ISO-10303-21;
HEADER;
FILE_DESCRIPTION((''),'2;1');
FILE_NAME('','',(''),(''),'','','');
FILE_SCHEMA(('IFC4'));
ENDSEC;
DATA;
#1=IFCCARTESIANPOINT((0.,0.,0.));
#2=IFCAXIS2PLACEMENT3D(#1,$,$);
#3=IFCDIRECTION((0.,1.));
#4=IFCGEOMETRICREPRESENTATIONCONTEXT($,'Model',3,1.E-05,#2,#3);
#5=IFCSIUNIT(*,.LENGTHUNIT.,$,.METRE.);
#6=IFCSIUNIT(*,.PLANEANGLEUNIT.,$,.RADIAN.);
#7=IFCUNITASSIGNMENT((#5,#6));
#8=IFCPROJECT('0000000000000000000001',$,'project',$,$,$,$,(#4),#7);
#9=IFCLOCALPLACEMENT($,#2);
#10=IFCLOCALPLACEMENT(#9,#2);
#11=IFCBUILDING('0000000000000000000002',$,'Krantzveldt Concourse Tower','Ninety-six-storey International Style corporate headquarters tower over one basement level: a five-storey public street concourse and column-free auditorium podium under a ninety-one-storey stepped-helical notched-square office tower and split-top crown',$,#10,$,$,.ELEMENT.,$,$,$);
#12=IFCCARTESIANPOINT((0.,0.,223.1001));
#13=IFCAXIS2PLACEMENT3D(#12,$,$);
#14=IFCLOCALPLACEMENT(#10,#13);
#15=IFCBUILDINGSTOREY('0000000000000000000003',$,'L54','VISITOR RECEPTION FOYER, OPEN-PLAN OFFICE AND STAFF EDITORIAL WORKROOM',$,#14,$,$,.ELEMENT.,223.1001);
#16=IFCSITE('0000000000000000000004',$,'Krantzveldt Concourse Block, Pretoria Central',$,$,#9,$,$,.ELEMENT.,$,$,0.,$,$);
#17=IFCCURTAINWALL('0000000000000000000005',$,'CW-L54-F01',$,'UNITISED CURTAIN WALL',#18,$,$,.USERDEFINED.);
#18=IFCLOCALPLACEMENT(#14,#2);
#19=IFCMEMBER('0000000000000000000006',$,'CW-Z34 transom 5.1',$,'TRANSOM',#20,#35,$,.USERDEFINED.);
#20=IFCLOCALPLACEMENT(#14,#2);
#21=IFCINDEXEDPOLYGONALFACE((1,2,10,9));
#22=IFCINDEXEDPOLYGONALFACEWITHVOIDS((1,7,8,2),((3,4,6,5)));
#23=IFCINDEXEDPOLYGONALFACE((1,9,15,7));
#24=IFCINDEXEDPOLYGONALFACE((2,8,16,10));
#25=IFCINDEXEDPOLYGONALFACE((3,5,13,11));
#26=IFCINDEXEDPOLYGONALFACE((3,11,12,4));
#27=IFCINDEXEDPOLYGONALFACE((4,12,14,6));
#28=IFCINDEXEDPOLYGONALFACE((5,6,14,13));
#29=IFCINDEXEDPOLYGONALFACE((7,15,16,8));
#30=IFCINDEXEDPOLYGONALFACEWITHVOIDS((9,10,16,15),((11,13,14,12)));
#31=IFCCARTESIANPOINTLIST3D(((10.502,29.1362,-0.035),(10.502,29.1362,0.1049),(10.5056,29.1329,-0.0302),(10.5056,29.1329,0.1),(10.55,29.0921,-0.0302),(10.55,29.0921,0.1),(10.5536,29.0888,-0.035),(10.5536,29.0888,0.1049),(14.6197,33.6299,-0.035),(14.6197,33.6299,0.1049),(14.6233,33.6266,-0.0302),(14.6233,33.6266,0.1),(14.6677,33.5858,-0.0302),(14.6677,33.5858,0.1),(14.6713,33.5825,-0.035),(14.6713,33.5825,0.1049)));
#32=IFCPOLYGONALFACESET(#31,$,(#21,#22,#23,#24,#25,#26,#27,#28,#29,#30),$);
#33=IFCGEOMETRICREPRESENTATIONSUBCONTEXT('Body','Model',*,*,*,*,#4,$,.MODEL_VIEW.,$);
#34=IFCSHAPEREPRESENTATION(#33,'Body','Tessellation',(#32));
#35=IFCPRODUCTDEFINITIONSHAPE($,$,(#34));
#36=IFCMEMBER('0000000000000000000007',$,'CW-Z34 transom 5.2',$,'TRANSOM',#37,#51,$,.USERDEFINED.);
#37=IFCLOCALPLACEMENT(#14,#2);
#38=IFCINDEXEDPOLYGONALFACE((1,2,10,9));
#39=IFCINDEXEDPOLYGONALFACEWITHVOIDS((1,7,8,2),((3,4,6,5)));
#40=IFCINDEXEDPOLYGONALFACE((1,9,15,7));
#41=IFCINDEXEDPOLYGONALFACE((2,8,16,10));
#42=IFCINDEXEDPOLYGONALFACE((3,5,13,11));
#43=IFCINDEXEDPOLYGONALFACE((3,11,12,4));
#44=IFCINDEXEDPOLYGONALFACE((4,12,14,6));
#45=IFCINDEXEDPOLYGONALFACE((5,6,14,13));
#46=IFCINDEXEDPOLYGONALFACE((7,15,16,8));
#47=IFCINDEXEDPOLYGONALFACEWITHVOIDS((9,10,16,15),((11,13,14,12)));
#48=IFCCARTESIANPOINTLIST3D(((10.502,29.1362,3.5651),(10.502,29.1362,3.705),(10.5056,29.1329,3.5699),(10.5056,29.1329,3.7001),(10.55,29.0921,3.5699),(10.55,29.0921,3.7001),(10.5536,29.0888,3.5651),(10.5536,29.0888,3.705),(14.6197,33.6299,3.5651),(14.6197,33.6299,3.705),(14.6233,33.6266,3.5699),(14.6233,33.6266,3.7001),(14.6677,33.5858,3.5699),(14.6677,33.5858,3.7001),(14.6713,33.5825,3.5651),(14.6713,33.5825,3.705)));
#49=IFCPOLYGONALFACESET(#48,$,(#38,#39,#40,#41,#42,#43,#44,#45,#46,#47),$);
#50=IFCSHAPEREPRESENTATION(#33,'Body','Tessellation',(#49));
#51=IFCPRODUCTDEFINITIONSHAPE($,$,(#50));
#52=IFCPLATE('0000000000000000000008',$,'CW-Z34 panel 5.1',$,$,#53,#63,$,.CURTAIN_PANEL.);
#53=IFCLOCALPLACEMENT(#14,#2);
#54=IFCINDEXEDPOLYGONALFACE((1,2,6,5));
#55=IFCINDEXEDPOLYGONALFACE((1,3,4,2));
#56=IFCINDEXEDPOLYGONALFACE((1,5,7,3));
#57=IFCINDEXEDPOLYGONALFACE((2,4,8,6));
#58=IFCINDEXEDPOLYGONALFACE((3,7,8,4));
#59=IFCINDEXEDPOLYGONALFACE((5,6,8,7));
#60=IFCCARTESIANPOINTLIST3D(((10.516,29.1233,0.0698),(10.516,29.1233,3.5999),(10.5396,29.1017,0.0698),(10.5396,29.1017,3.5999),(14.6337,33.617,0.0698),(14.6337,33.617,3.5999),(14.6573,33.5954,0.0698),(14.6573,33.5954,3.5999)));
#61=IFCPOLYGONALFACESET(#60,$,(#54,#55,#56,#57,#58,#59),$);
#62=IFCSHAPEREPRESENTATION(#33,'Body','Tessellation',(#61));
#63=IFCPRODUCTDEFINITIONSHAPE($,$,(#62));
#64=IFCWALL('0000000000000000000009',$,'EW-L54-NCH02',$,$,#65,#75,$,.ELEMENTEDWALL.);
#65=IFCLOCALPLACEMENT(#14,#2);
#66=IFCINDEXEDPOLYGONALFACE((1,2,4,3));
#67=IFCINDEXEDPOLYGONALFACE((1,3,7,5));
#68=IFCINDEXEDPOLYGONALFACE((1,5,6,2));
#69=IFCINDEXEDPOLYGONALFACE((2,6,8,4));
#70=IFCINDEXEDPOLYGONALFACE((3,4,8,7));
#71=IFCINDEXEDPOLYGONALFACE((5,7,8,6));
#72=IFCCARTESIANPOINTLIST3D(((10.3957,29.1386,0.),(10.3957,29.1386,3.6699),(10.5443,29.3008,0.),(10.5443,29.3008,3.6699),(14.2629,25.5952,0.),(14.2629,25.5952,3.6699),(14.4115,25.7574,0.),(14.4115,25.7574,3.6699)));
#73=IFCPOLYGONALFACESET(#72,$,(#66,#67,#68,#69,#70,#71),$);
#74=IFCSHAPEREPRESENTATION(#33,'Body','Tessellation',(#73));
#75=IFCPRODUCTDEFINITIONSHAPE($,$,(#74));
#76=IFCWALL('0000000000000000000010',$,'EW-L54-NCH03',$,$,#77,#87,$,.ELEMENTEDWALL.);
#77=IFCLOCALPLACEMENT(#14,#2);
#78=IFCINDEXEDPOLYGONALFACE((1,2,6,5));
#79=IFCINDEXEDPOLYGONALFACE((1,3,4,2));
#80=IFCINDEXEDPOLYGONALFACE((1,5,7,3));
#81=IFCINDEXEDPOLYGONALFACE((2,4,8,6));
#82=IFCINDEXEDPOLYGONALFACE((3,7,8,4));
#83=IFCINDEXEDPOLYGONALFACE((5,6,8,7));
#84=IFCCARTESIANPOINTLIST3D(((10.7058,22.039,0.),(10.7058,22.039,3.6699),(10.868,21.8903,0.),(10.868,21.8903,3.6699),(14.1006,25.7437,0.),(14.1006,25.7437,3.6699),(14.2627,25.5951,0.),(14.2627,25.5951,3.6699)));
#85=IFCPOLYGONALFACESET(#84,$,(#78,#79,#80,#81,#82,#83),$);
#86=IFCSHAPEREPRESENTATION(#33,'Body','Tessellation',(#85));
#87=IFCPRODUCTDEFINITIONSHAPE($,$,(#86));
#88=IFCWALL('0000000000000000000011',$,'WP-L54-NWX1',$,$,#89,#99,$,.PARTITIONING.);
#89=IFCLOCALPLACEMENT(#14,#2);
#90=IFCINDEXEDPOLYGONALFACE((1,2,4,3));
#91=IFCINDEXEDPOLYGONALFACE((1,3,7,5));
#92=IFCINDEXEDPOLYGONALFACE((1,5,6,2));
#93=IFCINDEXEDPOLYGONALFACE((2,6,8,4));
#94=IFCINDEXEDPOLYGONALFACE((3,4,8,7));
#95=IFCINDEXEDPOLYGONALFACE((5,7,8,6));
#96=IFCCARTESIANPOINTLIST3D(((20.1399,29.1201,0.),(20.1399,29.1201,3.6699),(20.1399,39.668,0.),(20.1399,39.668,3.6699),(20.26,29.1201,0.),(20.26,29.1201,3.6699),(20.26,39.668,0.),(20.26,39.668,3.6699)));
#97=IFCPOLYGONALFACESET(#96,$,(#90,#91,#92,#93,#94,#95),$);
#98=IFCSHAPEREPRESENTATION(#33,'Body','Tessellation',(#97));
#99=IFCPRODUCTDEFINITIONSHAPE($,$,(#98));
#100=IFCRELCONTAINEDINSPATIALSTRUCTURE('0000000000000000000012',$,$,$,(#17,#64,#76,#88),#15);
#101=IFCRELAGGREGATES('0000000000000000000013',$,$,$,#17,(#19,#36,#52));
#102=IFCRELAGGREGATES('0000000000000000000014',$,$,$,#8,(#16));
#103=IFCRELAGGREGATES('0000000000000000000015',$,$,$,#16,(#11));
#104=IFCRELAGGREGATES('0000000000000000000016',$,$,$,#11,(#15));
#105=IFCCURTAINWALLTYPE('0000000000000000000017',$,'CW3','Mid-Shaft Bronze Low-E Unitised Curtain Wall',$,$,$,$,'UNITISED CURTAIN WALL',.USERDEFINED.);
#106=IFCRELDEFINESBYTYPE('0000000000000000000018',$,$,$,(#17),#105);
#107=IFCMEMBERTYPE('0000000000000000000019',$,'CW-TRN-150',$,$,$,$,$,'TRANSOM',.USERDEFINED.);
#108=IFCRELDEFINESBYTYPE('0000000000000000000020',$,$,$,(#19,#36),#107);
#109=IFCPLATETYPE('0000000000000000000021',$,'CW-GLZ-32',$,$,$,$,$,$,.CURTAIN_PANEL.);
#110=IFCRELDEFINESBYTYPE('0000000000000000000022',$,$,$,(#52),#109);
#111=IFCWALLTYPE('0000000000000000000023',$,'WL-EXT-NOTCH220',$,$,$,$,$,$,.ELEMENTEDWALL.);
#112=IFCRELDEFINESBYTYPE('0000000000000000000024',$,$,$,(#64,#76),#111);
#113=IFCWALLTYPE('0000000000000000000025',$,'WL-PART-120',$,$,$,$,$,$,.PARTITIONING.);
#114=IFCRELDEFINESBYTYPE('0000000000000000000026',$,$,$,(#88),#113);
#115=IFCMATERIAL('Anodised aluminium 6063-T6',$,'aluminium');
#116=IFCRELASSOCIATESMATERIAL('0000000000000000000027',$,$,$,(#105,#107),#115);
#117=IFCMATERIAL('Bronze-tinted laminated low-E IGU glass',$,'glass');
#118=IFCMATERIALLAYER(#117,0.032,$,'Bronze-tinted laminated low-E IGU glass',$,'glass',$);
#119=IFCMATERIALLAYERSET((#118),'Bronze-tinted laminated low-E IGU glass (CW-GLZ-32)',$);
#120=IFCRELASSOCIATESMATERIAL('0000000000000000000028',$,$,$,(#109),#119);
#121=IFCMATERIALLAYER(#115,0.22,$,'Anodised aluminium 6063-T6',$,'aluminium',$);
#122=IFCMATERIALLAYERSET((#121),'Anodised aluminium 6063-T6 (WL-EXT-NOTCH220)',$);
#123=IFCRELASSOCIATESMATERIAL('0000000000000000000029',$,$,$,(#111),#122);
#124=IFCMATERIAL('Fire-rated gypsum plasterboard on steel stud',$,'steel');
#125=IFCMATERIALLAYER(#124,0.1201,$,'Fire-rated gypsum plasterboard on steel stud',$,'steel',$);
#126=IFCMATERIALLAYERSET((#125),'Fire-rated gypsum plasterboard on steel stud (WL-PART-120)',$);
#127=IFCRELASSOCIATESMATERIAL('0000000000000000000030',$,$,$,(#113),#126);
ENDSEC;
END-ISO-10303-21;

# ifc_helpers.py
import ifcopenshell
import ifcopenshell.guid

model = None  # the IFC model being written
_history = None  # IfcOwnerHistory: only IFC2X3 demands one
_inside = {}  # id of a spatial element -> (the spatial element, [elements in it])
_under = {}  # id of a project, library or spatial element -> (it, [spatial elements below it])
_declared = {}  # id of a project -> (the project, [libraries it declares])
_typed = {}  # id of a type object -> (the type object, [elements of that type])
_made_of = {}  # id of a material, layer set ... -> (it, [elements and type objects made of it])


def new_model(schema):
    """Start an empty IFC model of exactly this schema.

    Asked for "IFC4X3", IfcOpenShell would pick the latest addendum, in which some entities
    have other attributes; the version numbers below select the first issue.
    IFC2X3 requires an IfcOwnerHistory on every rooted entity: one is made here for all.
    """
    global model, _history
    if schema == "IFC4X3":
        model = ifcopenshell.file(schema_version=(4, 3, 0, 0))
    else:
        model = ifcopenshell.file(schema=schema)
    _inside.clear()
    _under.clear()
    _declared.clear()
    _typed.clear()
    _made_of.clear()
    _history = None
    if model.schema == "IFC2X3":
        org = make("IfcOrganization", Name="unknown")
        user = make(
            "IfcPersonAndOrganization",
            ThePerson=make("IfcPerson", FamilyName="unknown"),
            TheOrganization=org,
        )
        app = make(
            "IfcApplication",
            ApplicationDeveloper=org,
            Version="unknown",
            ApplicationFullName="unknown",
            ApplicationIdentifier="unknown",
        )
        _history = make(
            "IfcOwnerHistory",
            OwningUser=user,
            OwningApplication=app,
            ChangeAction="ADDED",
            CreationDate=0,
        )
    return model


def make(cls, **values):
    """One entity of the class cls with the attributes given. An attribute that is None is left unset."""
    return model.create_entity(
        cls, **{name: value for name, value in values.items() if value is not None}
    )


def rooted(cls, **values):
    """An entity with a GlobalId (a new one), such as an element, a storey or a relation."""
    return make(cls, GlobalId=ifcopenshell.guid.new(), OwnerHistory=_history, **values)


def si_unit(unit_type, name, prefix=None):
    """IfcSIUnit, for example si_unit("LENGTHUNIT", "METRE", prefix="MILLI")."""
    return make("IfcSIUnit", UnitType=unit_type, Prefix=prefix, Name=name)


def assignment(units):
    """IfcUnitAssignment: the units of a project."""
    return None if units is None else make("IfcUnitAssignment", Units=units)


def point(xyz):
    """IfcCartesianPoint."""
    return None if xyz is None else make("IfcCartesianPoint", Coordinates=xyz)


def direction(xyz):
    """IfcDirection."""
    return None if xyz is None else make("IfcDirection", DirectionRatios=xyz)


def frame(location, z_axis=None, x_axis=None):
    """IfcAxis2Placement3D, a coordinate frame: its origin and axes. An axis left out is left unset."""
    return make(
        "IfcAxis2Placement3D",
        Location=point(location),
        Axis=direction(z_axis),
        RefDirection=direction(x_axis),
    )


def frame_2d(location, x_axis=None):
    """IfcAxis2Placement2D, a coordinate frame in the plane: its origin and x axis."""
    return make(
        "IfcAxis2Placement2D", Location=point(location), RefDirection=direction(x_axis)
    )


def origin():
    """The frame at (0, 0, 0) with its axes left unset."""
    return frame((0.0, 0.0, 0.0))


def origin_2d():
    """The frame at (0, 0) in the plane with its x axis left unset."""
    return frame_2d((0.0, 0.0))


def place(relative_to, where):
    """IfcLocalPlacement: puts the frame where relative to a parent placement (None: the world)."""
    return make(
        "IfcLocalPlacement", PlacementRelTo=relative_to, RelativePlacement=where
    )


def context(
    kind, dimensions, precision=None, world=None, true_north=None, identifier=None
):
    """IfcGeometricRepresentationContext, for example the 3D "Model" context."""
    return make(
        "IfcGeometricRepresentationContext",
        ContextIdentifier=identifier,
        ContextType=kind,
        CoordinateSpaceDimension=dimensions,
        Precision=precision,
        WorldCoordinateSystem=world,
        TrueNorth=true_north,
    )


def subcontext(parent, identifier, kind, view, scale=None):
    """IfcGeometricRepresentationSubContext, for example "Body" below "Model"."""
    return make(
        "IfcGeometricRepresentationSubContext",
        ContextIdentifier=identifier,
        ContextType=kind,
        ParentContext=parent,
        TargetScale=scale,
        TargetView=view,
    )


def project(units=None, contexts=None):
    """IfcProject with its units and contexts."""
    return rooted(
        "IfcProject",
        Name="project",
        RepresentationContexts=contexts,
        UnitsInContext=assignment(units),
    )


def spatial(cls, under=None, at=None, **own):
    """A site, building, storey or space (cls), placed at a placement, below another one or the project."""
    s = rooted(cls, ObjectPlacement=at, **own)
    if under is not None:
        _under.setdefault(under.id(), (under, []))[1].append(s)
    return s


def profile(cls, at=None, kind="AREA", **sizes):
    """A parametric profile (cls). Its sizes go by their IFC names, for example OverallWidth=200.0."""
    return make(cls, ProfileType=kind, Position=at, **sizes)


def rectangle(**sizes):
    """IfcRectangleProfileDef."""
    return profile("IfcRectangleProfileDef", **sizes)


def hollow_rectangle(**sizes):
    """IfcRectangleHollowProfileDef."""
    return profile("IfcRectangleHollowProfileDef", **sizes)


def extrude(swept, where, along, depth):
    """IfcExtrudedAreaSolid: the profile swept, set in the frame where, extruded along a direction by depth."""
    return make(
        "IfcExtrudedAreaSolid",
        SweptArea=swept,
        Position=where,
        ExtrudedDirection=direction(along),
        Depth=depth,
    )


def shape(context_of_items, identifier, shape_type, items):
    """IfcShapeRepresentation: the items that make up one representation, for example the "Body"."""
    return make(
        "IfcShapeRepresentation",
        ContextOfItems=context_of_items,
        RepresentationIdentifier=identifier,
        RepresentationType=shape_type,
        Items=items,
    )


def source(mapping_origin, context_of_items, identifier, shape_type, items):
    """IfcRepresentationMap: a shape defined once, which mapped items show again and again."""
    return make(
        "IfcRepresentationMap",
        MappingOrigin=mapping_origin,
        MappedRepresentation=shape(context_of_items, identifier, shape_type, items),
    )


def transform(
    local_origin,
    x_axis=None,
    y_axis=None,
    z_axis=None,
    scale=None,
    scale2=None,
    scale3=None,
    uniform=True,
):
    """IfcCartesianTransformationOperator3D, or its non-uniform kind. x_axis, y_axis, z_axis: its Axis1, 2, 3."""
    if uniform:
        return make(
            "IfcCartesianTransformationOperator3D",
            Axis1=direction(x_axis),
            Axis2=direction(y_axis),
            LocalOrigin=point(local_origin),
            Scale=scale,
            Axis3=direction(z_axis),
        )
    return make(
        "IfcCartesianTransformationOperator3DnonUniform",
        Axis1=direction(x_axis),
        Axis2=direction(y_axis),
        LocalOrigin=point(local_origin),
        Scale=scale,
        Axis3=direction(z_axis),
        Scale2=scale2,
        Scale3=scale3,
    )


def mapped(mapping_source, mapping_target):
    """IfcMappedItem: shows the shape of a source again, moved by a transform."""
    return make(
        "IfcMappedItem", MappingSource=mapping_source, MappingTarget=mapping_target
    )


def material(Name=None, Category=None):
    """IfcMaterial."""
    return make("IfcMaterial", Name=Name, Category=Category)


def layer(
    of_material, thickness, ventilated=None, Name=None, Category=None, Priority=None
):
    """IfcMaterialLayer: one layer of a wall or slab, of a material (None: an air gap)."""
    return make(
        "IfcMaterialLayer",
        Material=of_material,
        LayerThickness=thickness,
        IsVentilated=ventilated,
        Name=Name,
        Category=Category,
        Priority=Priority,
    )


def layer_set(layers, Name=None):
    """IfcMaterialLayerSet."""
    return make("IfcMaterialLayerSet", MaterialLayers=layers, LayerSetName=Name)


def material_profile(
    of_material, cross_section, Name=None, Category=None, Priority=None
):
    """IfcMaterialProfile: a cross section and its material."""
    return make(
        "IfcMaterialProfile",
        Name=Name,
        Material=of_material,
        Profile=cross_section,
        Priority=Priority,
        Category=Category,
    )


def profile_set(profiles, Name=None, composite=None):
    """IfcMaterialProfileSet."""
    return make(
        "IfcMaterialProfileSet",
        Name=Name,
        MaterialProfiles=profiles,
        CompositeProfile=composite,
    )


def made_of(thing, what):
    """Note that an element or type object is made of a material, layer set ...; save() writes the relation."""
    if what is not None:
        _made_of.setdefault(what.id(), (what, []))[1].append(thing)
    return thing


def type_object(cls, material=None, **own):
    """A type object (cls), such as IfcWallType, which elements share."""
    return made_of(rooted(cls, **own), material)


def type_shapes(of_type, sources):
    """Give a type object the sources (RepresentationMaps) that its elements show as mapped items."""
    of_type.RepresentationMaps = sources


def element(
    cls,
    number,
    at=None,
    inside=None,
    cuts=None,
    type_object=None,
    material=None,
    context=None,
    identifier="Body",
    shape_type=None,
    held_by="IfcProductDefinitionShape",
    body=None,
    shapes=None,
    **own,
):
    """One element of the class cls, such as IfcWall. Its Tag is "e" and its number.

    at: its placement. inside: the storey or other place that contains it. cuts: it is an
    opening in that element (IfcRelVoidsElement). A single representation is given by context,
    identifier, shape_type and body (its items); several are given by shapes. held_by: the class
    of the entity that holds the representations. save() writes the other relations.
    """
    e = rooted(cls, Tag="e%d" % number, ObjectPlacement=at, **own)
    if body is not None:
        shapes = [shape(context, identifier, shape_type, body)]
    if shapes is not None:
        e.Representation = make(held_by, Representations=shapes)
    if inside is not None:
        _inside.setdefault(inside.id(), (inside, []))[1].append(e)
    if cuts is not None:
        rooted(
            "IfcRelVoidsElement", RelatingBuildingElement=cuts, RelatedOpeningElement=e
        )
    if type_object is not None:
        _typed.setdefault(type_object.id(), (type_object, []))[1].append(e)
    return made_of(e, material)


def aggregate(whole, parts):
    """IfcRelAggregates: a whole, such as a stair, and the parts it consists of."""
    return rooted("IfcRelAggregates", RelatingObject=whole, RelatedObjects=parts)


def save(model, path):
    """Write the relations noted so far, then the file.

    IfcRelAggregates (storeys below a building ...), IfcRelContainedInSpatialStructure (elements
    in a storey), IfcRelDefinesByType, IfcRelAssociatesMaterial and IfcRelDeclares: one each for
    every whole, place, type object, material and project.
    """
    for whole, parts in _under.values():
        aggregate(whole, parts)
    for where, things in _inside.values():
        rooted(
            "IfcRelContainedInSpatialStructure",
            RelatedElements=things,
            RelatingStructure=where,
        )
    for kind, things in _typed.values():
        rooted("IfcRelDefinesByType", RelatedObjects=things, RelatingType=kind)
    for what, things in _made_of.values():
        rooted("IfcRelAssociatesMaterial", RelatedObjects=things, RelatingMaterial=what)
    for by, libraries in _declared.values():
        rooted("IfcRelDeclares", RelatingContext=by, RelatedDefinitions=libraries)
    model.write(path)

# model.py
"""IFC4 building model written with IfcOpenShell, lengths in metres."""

from ifc_helpers import new_model, si_unit, direction, frame, frame_2d, origin, origin_2d, place, context, subcontext, project, spatial, rectangle, hollow_rectangle, extrude, source, transform, mapped, material, layer, layer_set, material_profile, profile_set, type_object, type_shapes, element, aggregate, save


model = new_model("IFC4")

# Units and contexts
model_context = context("Model", 3, precision=1e-05, world=origin(), true_north=direction((0.0, 1.0)))
body_context = subcontext(model_context, "Body", "Model", "MODEL_VIEW")
ifc_project = project(units=[si_unit("LENGTHUNIT", "METRE"), si_unit("PLANEANGLEUNIT", "RADIAN")], contexts=[model_context])

# Site, building, storey
site_placement = place(None, origin())
site = spatial("IfcSite", under=ifc_project, at=site_placement, Name="Krantzveldt Concourse Block, Pretoria Central", CompositionType="ELEMENT", RefElevation=0.0)
building_placement = place(site_placement, origin())
building = spatial("IfcBuilding", under=site, at=building_placement, Name="Krantzveldt Concourse Tower", Description="Ninety-six-storey International Style corporate headquarters tower over one basement level: a five-storey public street concourse and column-free auditorium podium under a ninety-one-storey stepped-helical notched-square office tower and split-top crown", CompositionType="ELEMENT")
storey_placement = place(building_placement, frame((0.0, 0.0, 223.1001)))
storey = spatial("IfcBuildingStorey", under=building, at=storey_placement, Name="L54", Description="VISITOR RECEPTION FOYER, OPEN-PLAN OFFICE AND STAFF EDITORIAL WORKROOM", CompositionType="ELEMENT", Elevation=223.1001)

# Curtain wall
ifc_material_1 = material(Name="Anodised aluminium 6063-T6", Category="aluminium")
curtain_wall_type = type_object("IfcCurtainWallType", Name="CW3", Description="Mid-Shaft Bronze Low-E Unitised Curtain Wall", ElementType="UNITISED CURTAIN WALL", PredefinedType="USERDEFINED", material=ifc_material_1)
curtain_wall_1_placement = place(storey_placement, origin())
curtain_wall_1 = element("IfcCurtainWall", 1, at=curtain_wall_1_placement, inside=storey, type_object=curtain_wall_type, Name="CW-L54-F01", ObjectType="UNITISED CURTAIN WALL", PredefinedType="USERDEFINED")

# Members
ifc_material_profile_1 = material_profile(ifc_material_1, hollow_rectangle(XDim=0.0701, YDim=0.1399, WallThickness=0.0049, at=origin_2d()), Name="Anodised aluminium 6063-T6", Category="aluminium")
ifc_profile_set_1 = profile_set([ifc_material_profile_1], Name="Anodised aluminium 6063-T6 - ALU-TRAN 140x70x5")
member_type_1 = type_object("IfcMemberType", Name="CW-TRN-150", ElementType="TRANSOM", PredefinedType="USERDEFINED", material=ifc_profile_set_1)
shared_shape_1 = source(origin(), body_context, "Body", "SweptSolid", [
    extrude(hollow_rectangle(XDim=0.0701, YDim=0.1399, WallThickness=0.0049, at=origin_2d()), origin(), (0.0, 0.0, 1.0), 6.095),
])
type_shapes(member_type_1, [shared_shape_1])
member_1_placement = place(storey_placement, frame((14.6455, 33.6062, 0.0349), z_axis=(-0.67559, -0.737277, 0.0), x_axis=(0.737277, -0.67559, 0.0)))
member_1 = element("IfcMember", 2, at=member_1_placement, type_object=member_type_1, Name="CW-Z34 transom 5.1", ObjectType="TRANSOM", PredefinedType="USERDEFINED", context=body_context, shape_type="MappedRepresentation", body=[
    mapped(shared_shape_1, transform((0.0, 0.0, 0.0), x_axis=(1.0, 0.0, 0.0), y_axis=(0.0, 1.0, 0.0), z_axis=(0.0, 0.0, 1.0), scale=1.0)),
])
member_2_placement = place(storey_placement, frame((14.6455, 33.6062, 3.635), z_axis=(-0.67559, -0.737277, 0.0), x_axis=(0.737277, -0.67559, 0.0)))
member_2 = element("IfcMember", 3, at=member_2_placement, type_object=member_type_1, Name="CW-Z34 transom 5.2", ObjectType="TRANSOM", PredefinedType="USERDEFINED", context=body_context, shape_type="MappedRepresentation", body=[
    mapped(shared_shape_1, transform((0.0, 0.0, 0.0), x_axis=(1.0, 0.0, 0.0), y_axis=(0.0, 1.0, 0.0), z_axis=(0.0, 0.0, 1.0), scale=1.0)),
])

# Plate
ifc_material_2 = material(Name="Bronze-tinted laminated low-E IGU glass", Category="glass")
ifc_layer_1 = layer(ifc_material_2, 0.032, Name="Bronze-tinted laminated low-E IGU glass", Category="glass")
ifc_layer_set_1 = layer_set([ifc_layer_1], Name="Bronze-tinted laminated low-E IGU glass (CW-GLZ-32)")
plate_type = type_object("IfcPlateType", Name="CW-GLZ-32", PredefinedType="CURTAIN_PANEL", material=ifc_layer_set_1)
shared_shape_2 = source(origin(), body_context, "Body", "SweptSolid", [
    extrude(rectangle(XDim=6.095, YDim=0.032, at=origin_2d()), origin(), (0.0, 0.0, 1.0), 3.53),
])
type_shapes(plate_type, [shared_shape_2])
plate_placement = place(storey_placement, frame((12.5867, 31.3594, 0.0698), z_axis=(0.0, 0.0, 1.0), x_axis=(-0.67559, -0.737277, 0.0)))
plate = element("IfcPlate", 4, at=plate_placement, type_object=plate_type, Name="CW-Z34 panel 5.1", PredefinedType="CURTAIN_PANEL", context=body_context, shape_type="MappedRepresentation", body=[
    mapped(shared_shape_2, transform((0.0, 0.0, 0.0), x_axis=(1.0, 0.0, 0.0), y_axis=(0.0, 1.0, 0.0), z_axis=(0.0, 0.0, 1.0), scale=1.0)),
])
aggregate(curtain_wall_1, [member_1, member_2, plate])

# Walls
ifc_layer_2 = layer(ifc_material_1, 0.22, Name="Anodised aluminium 6063-T6", Category="aluminium")
ifc_layer_set_2 = layer_set([ifc_layer_2], Name="Anodised aluminium 6063-T6 (WL-EXT-NOTCH220)")
wall_type_1 = type_object("IfcWallType", Name="WL-EXT-NOTCH220", PredefinedType="ELEMENTEDWALL", material=ifc_layer_set_2)
wall_1_placement = place(storey_placement, frame((10.47, 29.2197, 0.0), z_axis=(0.0, 0.0, 1.0), x_axis=(0.737293, -0.675573, 0.0)))
element("IfcWall", 5, at=wall_1_placement, inside=storey, type_object=wall_type_1, Name="EW-L54-NCH02", PredefinedType="ELEMENTEDWALL", context=body_context, shape_type="SweptSolid", body=[
    extrude(rectangle(XDim=5.2451, YDim=0.22, at=frame_2d((2.6226, 0.0))), origin(), (0.0, 0.0, 1.0), 3.6699),
])
wall_2_placement = place(storey_placement, frame((14.1816, 25.6694, 0.0), z_axis=(0.0, 0.0, 1.0), x_axis=(-0.675582, -0.737285, 0.0)))
element("IfcWall", 6, at=wall_2_placement, inside=storey, type_object=wall_type_1, Name="EW-L54-NCH03", PredefinedType="ELEMENTEDWALL", context=body_context, shape_type="SweptSolid", body=[
    extrude(rectangle(XDim=5.0249, YDim=0.22, at=frame_2d((2.5125, 0.0))), origin(), (0.0, 0.0, 1.0), 3.6699),
])
ifc_material_3 = material(Name="Fire-rated gypsum plasterboard on steel stud", Category="steel")
ifc_layer_3 = layer(ifc_material_3, 0.1201, Name="Fire-rated gypsum plasterboard on steel stud", Category="steel")
ifc_layer_set_3 = layer_set([ifc_layer_3], Name="Fire-rated gypsum plasterboard on steel stud (WL-PART-120)")
wall_type_2 = type_object("IfcWallType", Name="WL-PART-120", PredefinedType="PARTITIONING", material=ifc_layer_set_3)
wall_3_placement = place(storey_placement, frame((20.2, 29.1201, 0.0), z_axis=(0.0, 0.0, 1.0), x_axis=(0.0, 1.0, 0.0)))
element("IfcWall", 7, at=wall_3_placement, inside=storey, type_object=wall_type_2, Name="WP-L54-NWX1", PredefinedType="PARTITIONING", context=body_context, shape_type="SweptSolid", body=[
    extrude(rectangle(XDim=10.5479, YDim=0.1201, at=frame_2d((5.2739, 0.0))), origin(), (0.0, 0.0, 1.0), 3.6699),
])

save(model, "model.ifc")
